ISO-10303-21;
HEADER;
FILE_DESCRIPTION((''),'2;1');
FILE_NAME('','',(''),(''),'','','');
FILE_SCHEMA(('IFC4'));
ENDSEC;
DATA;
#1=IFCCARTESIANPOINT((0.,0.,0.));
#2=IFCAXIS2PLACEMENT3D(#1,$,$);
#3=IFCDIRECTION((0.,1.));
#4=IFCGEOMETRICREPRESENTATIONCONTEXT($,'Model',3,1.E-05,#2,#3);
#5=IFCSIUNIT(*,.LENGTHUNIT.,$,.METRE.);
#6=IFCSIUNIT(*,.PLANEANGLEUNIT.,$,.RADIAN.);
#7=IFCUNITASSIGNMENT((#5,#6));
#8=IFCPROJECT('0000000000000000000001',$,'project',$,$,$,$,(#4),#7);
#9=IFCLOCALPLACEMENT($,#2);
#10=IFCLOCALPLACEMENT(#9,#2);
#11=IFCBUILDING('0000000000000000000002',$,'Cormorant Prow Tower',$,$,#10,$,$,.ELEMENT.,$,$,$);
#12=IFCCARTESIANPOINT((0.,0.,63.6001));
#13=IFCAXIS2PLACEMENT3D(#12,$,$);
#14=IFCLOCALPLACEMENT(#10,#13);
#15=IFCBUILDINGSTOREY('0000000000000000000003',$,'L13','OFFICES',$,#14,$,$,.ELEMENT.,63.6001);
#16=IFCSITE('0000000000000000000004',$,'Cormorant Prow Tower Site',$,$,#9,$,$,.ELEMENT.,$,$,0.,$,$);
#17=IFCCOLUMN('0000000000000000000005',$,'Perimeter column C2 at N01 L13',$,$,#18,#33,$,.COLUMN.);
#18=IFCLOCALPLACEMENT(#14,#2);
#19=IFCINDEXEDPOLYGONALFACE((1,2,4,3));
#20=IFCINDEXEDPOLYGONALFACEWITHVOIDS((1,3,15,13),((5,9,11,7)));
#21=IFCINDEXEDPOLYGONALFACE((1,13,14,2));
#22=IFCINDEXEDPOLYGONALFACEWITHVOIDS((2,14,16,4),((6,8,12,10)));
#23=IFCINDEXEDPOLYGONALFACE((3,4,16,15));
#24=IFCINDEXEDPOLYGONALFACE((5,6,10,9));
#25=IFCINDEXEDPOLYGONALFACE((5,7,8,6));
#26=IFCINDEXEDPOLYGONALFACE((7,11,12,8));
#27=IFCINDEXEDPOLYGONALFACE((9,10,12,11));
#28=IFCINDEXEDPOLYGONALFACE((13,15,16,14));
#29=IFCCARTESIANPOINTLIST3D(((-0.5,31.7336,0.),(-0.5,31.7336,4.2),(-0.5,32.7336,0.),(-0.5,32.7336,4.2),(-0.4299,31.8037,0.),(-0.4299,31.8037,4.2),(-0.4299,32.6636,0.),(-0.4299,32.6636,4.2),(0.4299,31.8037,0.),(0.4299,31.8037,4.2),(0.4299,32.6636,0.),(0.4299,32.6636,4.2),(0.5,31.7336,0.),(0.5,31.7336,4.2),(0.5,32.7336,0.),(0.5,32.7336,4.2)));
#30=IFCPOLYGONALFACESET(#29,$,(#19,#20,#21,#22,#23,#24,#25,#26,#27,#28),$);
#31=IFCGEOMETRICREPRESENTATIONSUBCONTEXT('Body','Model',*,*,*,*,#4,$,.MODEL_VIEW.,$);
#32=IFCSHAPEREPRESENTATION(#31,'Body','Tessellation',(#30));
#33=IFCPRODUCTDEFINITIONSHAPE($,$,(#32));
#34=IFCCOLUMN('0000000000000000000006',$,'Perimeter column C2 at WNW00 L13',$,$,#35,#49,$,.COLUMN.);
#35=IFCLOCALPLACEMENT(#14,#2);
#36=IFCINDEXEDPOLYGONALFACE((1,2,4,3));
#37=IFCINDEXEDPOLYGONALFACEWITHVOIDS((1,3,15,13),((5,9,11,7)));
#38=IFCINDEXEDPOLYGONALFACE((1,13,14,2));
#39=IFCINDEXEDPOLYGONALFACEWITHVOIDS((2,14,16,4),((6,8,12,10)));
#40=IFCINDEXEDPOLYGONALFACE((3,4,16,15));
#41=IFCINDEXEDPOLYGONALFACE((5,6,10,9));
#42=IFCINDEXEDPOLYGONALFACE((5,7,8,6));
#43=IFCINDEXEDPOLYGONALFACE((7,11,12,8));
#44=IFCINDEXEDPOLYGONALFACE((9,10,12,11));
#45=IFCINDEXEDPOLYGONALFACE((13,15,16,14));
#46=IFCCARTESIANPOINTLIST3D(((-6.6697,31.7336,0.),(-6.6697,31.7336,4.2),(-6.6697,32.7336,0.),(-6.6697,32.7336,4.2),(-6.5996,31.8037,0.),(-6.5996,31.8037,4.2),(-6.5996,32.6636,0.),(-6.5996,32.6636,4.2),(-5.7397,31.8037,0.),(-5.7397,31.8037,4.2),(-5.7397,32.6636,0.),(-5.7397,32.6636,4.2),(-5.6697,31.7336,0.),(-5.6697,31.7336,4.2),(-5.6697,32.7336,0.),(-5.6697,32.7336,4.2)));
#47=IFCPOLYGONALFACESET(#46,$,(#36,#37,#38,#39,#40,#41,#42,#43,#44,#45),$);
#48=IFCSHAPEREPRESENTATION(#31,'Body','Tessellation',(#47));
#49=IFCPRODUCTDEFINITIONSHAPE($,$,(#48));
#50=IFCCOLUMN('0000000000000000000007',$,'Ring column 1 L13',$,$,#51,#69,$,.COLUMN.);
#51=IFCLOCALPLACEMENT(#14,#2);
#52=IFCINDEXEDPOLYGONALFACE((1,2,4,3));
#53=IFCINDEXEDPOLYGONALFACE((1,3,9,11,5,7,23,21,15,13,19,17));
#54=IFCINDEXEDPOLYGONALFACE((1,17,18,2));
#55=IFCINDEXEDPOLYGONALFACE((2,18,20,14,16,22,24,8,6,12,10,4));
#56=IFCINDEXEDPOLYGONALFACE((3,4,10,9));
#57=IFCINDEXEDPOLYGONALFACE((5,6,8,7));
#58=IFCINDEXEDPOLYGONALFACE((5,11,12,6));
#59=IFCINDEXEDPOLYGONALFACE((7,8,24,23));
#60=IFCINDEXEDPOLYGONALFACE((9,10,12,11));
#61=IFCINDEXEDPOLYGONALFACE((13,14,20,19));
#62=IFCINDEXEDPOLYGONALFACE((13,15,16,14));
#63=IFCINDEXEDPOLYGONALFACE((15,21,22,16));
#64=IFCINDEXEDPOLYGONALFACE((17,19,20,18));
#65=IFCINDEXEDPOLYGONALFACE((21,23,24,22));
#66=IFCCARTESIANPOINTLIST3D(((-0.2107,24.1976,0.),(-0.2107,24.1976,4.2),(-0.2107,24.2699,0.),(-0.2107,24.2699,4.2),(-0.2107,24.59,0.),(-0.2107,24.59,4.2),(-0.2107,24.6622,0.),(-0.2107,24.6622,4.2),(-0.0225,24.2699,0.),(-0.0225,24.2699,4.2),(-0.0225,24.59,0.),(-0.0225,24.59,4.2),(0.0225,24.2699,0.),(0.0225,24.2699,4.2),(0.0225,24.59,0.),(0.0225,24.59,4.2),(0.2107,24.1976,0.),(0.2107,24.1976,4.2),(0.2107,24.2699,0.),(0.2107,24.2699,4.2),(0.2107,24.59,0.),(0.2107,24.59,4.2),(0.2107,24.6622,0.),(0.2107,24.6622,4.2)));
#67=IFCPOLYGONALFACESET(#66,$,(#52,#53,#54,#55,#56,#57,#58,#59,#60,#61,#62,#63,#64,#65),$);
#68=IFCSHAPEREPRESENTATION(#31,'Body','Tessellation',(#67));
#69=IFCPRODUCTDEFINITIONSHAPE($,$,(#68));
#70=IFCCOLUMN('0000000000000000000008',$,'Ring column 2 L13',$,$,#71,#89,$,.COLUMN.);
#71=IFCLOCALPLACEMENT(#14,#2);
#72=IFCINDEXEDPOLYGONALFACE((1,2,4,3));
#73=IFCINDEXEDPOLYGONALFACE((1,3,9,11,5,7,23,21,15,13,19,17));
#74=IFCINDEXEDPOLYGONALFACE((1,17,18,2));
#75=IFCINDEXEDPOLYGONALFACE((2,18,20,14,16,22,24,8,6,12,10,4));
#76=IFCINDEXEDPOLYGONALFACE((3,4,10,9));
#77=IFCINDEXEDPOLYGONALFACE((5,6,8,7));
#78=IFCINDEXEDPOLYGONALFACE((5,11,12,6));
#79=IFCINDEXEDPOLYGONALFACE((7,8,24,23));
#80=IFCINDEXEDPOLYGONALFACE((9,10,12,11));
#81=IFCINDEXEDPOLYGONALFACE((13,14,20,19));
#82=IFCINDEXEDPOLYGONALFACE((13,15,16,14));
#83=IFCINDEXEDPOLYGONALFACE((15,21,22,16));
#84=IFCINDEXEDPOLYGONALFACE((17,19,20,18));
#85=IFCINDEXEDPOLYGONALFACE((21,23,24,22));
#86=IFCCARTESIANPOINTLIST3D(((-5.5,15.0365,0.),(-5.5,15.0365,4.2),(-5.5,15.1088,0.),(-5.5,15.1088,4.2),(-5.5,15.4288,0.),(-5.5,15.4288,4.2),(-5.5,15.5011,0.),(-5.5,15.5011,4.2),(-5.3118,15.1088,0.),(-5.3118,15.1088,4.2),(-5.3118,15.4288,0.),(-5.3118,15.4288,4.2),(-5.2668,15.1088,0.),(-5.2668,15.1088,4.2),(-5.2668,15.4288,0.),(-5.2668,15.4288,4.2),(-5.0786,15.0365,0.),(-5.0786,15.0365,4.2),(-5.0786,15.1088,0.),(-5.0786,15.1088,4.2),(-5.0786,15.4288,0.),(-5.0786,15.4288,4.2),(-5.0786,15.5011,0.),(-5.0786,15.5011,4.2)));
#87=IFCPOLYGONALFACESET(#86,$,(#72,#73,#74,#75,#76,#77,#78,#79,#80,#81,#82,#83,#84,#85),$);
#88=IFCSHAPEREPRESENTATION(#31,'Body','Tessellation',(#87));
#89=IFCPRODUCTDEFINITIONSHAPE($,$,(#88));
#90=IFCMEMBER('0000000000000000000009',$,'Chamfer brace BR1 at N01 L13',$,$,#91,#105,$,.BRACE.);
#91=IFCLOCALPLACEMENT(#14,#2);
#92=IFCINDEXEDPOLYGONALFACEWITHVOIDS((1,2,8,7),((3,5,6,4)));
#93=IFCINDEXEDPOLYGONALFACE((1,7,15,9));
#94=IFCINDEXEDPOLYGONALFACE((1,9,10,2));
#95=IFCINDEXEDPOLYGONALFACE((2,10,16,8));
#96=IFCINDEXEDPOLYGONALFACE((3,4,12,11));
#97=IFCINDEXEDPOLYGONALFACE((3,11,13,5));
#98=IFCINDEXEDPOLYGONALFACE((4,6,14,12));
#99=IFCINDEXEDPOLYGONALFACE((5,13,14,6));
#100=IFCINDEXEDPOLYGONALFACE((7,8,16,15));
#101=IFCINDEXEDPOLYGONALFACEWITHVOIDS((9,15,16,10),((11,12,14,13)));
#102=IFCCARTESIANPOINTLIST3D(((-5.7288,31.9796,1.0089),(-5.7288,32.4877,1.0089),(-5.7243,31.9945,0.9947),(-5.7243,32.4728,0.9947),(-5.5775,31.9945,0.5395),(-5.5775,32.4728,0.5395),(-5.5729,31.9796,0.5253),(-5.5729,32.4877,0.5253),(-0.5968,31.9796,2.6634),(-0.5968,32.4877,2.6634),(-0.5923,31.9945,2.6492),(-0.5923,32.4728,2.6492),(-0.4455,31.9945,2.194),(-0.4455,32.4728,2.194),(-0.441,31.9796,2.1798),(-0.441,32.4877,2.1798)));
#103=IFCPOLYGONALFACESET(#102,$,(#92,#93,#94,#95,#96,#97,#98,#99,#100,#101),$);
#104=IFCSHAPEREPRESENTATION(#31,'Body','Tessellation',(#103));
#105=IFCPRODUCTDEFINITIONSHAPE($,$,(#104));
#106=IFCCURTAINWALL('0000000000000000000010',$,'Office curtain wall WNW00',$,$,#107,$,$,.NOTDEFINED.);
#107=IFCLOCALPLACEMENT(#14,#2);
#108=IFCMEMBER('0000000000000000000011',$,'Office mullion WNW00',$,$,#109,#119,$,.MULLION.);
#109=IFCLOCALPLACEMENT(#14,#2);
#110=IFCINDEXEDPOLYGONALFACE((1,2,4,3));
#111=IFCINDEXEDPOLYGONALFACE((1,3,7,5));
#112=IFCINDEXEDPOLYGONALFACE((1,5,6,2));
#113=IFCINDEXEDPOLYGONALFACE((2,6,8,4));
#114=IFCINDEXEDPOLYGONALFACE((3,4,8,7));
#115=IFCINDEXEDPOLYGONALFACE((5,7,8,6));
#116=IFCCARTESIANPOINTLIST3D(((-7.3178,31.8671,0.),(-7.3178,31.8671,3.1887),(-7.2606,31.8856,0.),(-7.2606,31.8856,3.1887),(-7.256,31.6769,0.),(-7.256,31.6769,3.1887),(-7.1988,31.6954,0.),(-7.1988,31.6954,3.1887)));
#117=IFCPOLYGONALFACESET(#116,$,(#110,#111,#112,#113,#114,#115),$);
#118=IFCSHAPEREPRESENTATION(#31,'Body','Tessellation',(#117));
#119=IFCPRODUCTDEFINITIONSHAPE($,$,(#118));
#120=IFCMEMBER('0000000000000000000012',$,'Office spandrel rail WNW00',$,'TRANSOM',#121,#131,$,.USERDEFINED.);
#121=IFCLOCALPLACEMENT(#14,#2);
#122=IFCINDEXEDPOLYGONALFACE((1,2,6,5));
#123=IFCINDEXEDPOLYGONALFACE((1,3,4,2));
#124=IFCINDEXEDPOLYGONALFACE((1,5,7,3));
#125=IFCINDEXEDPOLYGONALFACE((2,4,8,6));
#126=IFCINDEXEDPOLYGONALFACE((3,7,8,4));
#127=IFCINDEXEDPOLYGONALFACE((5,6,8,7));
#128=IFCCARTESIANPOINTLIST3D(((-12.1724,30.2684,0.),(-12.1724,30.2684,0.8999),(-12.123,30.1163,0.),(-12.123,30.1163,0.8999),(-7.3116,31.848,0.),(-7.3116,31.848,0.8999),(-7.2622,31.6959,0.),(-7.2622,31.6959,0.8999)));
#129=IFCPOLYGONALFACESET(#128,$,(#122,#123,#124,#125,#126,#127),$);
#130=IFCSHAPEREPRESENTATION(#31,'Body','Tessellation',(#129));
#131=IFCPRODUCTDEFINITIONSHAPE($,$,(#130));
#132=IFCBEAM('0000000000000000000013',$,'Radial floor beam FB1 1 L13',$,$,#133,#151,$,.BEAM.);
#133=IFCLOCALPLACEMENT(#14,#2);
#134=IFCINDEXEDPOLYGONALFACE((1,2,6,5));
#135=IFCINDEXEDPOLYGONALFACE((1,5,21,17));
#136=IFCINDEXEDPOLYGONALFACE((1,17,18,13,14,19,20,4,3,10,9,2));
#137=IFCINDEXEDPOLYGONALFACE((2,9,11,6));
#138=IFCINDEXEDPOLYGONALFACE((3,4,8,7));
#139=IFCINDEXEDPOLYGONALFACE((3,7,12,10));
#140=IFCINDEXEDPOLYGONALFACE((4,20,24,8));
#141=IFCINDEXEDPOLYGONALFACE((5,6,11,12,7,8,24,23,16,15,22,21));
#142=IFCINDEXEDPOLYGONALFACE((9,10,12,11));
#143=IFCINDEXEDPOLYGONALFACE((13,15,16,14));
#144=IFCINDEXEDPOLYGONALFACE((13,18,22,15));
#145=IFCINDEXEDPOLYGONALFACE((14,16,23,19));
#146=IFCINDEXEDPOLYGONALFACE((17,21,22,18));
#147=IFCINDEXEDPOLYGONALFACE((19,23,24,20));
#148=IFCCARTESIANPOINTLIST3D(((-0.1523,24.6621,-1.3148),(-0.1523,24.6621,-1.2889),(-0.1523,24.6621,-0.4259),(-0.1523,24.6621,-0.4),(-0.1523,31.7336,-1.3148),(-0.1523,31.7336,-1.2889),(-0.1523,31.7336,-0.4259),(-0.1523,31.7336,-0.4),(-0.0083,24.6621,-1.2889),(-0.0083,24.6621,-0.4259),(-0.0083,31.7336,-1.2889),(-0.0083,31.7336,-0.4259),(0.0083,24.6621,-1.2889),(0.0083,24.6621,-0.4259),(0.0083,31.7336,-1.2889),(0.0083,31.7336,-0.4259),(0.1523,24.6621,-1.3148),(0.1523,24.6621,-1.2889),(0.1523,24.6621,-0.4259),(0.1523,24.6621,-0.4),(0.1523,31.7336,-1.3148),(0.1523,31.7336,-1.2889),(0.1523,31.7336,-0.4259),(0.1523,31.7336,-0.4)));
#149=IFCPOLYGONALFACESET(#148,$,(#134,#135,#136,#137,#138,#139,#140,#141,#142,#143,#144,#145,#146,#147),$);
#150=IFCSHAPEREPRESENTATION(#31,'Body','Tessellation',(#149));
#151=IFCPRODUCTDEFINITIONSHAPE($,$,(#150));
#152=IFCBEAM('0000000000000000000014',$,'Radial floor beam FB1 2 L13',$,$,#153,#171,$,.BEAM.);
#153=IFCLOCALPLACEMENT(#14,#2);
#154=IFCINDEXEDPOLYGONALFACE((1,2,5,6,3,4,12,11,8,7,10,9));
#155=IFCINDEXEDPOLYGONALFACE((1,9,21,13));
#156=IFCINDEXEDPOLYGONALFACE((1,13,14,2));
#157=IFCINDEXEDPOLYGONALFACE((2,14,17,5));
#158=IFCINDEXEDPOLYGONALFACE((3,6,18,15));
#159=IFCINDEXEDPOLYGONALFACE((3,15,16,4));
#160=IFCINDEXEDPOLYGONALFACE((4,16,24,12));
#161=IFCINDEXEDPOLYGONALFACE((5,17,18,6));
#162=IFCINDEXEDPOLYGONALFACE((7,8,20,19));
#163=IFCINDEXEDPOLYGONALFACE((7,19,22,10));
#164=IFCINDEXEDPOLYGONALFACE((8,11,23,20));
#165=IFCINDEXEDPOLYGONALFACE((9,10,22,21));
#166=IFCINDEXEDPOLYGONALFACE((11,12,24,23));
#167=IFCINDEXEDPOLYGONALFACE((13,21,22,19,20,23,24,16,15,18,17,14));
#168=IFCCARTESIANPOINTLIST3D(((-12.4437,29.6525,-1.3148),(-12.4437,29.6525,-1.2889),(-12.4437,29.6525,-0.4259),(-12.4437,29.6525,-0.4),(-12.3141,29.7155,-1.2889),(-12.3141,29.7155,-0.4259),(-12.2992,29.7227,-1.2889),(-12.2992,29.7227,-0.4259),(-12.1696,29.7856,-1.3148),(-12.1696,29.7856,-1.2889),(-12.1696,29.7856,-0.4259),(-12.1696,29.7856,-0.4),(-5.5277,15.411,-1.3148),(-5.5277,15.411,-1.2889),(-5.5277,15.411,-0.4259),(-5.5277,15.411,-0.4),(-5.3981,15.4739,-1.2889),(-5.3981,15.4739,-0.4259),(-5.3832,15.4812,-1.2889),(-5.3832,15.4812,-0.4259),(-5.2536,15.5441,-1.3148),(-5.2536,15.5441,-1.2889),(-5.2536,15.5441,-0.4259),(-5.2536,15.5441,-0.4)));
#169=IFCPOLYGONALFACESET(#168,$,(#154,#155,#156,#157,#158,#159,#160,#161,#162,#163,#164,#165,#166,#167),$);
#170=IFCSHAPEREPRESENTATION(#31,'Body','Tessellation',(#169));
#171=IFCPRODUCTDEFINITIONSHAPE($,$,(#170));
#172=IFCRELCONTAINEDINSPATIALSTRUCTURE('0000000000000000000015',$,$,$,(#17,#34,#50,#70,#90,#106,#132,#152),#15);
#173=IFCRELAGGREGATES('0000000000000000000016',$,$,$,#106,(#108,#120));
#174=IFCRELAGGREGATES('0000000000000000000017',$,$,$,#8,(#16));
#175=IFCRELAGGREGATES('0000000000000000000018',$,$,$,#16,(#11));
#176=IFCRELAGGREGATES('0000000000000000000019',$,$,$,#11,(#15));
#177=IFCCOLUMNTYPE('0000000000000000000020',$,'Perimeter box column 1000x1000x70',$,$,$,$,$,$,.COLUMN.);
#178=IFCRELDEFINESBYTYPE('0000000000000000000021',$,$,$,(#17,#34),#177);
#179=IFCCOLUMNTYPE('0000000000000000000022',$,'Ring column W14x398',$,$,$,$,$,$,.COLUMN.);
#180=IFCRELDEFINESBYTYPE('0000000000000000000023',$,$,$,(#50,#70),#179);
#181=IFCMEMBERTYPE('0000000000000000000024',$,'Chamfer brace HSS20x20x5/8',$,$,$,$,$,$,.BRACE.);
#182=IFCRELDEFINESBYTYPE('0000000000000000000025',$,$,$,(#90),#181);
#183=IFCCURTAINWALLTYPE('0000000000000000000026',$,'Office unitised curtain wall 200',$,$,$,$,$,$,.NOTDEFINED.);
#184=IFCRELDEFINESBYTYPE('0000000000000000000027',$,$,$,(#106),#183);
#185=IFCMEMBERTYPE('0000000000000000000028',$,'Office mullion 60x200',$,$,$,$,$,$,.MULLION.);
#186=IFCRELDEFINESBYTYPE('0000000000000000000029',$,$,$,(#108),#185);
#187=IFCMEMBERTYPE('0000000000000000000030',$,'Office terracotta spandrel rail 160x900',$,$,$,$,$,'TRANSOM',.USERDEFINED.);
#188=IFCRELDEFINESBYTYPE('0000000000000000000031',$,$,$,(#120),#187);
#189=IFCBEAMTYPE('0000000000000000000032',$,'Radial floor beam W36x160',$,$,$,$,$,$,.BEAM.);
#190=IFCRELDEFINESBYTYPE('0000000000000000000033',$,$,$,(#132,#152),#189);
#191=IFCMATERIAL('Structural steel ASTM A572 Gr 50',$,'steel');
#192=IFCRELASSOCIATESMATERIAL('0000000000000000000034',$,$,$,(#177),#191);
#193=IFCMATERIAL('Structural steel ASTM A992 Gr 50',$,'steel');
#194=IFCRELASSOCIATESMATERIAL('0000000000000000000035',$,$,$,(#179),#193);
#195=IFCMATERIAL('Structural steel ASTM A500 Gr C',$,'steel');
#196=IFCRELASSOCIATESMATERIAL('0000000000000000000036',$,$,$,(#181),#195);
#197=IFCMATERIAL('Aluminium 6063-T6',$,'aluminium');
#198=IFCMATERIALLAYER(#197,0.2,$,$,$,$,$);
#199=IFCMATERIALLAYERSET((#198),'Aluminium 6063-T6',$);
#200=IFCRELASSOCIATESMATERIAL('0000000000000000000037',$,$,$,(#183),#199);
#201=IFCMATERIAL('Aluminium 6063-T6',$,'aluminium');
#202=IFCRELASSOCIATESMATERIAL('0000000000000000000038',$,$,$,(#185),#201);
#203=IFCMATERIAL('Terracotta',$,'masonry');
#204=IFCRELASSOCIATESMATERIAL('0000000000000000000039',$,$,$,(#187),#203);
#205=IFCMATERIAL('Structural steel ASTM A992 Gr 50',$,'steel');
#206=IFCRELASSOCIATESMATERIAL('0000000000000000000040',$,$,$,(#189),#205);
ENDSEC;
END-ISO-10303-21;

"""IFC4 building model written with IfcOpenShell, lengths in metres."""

from ifc_helpers import new_model, si_unit, direction, frame, origin, origin_2d, place, context, subcontext, project, spatial, rectangle, hollow_rectangle, i_section, extrude, material, layer, layer_set, material_profile, profile_set, type_object, element, aggregate, save


model = new_model("IFC4")

# Units and contexts
model_context = context("Model", 3, precision=1e-05, world=origin(), true_north=direction((0.0, 1.0)))
body_context = subcontext(model_context, "Body", "Model", "MODEL_VIEW")
ifc_project = project(units=[si_unit("LENGTHUNIT", "METRE"), si_unit("PLANEANGLEUNIT", "RADIAN")], contexts=[model_context])

# Site, building, storey
site_placement = place(None, origin())
site = spatial("IfcSite", under=ifc_project, at=site_placement, Name="Cormorant Prow Tower Site", CompositionType="ELEMENT", RefElevation=0.0)
building_placement = place(site_placement, origin())
building = spatial("IfcBuilding", under=site, at=building_placement, Name="Cormorant Prow Tower", CompositionType="ELEMENT")
storey_placement = place(building_placement, frame((0.0, 0.0, 63.6001)))
storey = spatial("IfcBuildingStorey", under=building, at=storey_placement, Name="L13", Description="OFFICES", CompositionType="ELEMENT", Elevation=63.6001)

# Columns
ifc_material_1 = material(Name="Structural steel ASTM A572 Gr 50", Category="steel")
ifc_material_profile_1 = material_profile(ifc_material_1, hollow_rectangle(XDim=1.0, YDim=1.0, WallThickness=0.0701, at=origin_2d()), Name="Box 1000x1000x70")
ifc_profile_set_1 = profile_set([ifc_material_profile_1], Name="Structural steel ASTM A572 Gr 50")
column_type_1 = type_object("IfcColumnType", Name="Perimeter box column 1000x1000x70", PredefinedType="COLUMN", material=ifc_profile_set_1)
for number, where, z_axis, x_axis, name in (
    (1, (0.0, 32.2336, 0.0), (0.0, 0.0, 1.0), (1.0, 0.0, 0.0), "Perimeter column C2 at N01 L13"),
    (2, (-6.1697, 32.2336, 0.0), (0.0, 0.0, 1.0), (1.0, 0.0, 0.0), "Perimeter column C2 at WNW00 L13"),
):
    element("IfcColumn", number, at=place(storey_placement, frame(where, z_axis=z_axis, x_axis=x_axis)), inside=storey, type_object=column_type_1, Name=name, PredefinedType="COLUMN", context=body_context, shape_type="SweptSolid", body=[
        extrude(hollow_rectangle(XDim=1.0, YDim=1.0, WallThickness=0.0701, at=origin_2d()), origin(), (0.0, 0.0, 1.0), 4.2),
    ])
ifc_material_2 = material(Name="Structural steel ASTM A992 Gr 50", Category="steel")
ifc_material_profile_2 = material_profile(ifc_material_2, i_section(OverallWidth=0.4214, OverallDepth=0.4646, WebThickness=0.0449, FlangeThickness=0.0723, at=origin_2d()), Name="W14x398")
ifc_profile_set_2 = profile_set([ifc_material_profile_2], Name="Structural steel ASTM A992 Gr 50")
column_type_2 = type_object("IfcColumnType", Name="Ring column W14x398", PredefinedType="COLUMN", material=ifc_profile_set_2)
for number, where, z_axis, x_axis, name in (
    (3, (0.0, 24.4299, 0.0), (0.0, 0.0, 1.0), (1.0, 0.0, 0.0), "Ring column 1 L13"),
    (4, (-5.2893, 15.2688, 0.0), (0.0, 0.0, 1.0), (1.0, 0.0, 0.0), "Ring column 2 L13"),
):
    element("IfcColumn", number, at=place(storey_placement, frame(where, z_axis=z_axis, x_axis=x_axis)), inside=storey, type_object=column_type_2, Name=name, PredefinedType="COLUMN", context=body_context, shape_type="SweptSolid", body=[
        extrude(i_section(OverallWidth=0.4214, OverallDepth=0.4646, WebThickness=0.0449, FlangeThickness=0.0723, at=origin_2d()), origin(), (0.0, 0.0, 1.0), 4.2),
    ])

# Member
ifc_material_3 = material(Name="Structural steel ASTM A500 Gr C", Category="steel")
ifc_material_profile_3 = material_profile(ifc_material_3, hollow_rectangle(XDim=0.5081, YDim=0.5081, WallThickness=0.0149, at=origin_2d()), Name="HSS20x20x5/8")
ifc_profile_set_3 = profile_set([ifc_material_profile_3], Name="Structural steel ASTM A500 Gr C")
member_type_1 = type_object("IfcMemberType", Name="Chamfer brace HSS20x20x5/8", PredefinedType="BRACE", material=ifc_profile_set_3)
member_1_placement = place(storey_placement, frame((-5.6509, 32.2336, 0.7671), z_axis=(0.951761, 0.0, 0.30684), x_axis=(0.0, 1.0, 0.0)))
element("IfcMember", 5, at=member_1_placement, inside=storey, type_object=member_type_1, Name="Chamfer brace BR1 at N01 L13", PredefinedType="BRACE", context=body_context, shape_type="SweptSolid", body=[
    extrude(hollow_rectangle(XDim=0.5081, YDim=0.5081, WallThickness=0.0149, at=origin_2d()), origin(), (0.0, 0.0, 1.0), 5.3921),
])

# Curtain wall, members
ifc_material_4 = material(Name="Aluminium 6063-T6", Category="aluminium")
ifc_layer_1 = layer(ifc_material_4, 0.2)
ifc_layer_set_1 = layer_set([ifc_layer_1], Name="Aluminium 6063-T6")
curtain_wall_type = type_object("IfcCurtainWallType", Name="Office unitised curtain wall 200", PredefinedType="NOTDEFINED", material=ifc_layer_set_1)
curtain_wall_placement = place(storey_placement, origin())
curtain_wall = element("IfcCurtainWall", 6, at=curtain_wall_placement, inside=storey, type_object=curtain_wall_type, Name="Office curtain wall WNW00", PredefinedType="NOTDEFINED")
ifc_material_5 = material(Name="Aluminium 6063-T6", Category="aluminium")
ifc_material_profile_4 = material_profile(ifc_material_5, rectangle(XDim=0.2, YDim=0.0601, at=origin_2d()), Name="Office mullion 60x200")
ifc_profile_set_4 = profile_set([ifc_material_profile_4], Name="Aluminium 6063-T6")
member_type_2 = type_object("IfcMemberType", Name="Office mullion 60x200", PredefinedType="MULLION", material=ifc_profile_set_4)
member_2_placement = place(storey_placement, frame((-7.2583, 31.7812, 0.0), z_axis=(0.0, 0.0, 1.0), x_axis=(0.309017, -0.951056, 0.0)))
member_2 = element("IfcMember", 7, at=member_2_placement, type_object=member_type_2, Name="Office mullion WNW00", PredefinedType="MULLION", context=body_context, shape_type="SweptSolid", body=[
    extrude(rectangle(XDim=0.2, YDim=0.0601, at=origin_2d()), origin(), (0.0, 0.0, 1.0), 3.1887),
])
ifc_material_6 = material(Name="Terracotta", Category="masonry")
ifc_material_profile_5 = material_profile(ifc_material_6, rectangle(XDim=0.1599, YDim=0.8999, at=origin_2d()), Name="Office terracotta spandrel rail 160x900")
ifc_profile_set_5 = profile_set([ifc_material_profile_5], Name="Terracotta")
member_type_3 = type_object("IfcMemberType", Name="Office terracotta spandrel rail 160x900", ElementType="TRANSOM", PredefinedType="USERDEFINED", material=ifc_profile_set_5)
member_3_placement = place(storey_placement, frame((-7.2869, 31.772, 0.45), z_axis=(-0.951045, -0.309054, 0.0), x_axis=(0.309054, -0.951045, 0.0)))
member_3 = element("IfcMember", 8, at=member_3_placement, type_object=member_type_3, Name="Office spandrel rail WNW00", ObjectType="TRANSOM", PredefinedType="USERDEFINED", context=body_context, shape_type="SweptSolid", body=[
    extrude(rectangle(XDim=0.1599, YDim=0.8999, at=origin_2d()), origin(), (0.0, 0.0, 1.0), 5.1111),
])

# Beams
ifc_material_7 = material(Name="Structural steel ASTM A992 Gr 50", Category="steel")
ifc_material_profile_6 = material_profile(ifc_material_7, i_section(OverallWidth=0.3047, OverallDepth=0.9148, WebThickness=0.0166, FlangeThickness=0.0259, at=origin_2d()), Name="W36x160")
ifc_profile_set_6 = profile_set([ifc_material_profile_6], Name="Structural steel ASTM A992 Gr 50")
beam_type_1 = type_object("IfcBeamType", Name="Radial floor beam W36x160", PredefinedType="BEAM", material=ifc_profile_set_6)
beam_1_placement = place(storey_placement, frame((0.0, 24.6621, -0.8574), z_axis=(0.0, 1.0, 0.0), x_axis=(-1.0, 0.0, 0.0)))
element("IfcBeam", 9, at=beam_1_placement, inside=storey, type_object=beam_type_1, Name="Radial floor beam FB1 1 L13", PredefinedType="BEAM", context=body_context, shape_type="SweptSolid", body=[
    extrude(i_section(OverallWidth=0.3047, OverallDepth=0.9148, WebThickness=0.0166, FlangeThickness=0.0259, at=origin_2d()), origin(), (0.0, 0.0, 1.0), 7.0715),
])
beam_2_placement = place(storey_placement, frame((-5.3906, 15.4775, -0.8574), z_axis=(-0.436839, 0.899539, 0.0), x_axis=(-0.899539, -0.436839, 0.0)))
element("IfcBeam", 10, at=beam_2_placement, inside=storey, type_object=beam_type_1, Name="Radial floor beam FB1 2 L13", PredefinedType="BEAM", context=body_context, shape_type="SweptSolid", body=[
    extrude(i_section(OverallWidth=0.3047, OverallDepth=0.9148, WebThickness=0.0166, FlangeThickness=0.0259, at=origin_2d()), origin(), (0.0, 0.0, 1.0), 15.832),
])

aggregate(curtain_wall, [member_2, member_3])

save(model, "model.ifc")
